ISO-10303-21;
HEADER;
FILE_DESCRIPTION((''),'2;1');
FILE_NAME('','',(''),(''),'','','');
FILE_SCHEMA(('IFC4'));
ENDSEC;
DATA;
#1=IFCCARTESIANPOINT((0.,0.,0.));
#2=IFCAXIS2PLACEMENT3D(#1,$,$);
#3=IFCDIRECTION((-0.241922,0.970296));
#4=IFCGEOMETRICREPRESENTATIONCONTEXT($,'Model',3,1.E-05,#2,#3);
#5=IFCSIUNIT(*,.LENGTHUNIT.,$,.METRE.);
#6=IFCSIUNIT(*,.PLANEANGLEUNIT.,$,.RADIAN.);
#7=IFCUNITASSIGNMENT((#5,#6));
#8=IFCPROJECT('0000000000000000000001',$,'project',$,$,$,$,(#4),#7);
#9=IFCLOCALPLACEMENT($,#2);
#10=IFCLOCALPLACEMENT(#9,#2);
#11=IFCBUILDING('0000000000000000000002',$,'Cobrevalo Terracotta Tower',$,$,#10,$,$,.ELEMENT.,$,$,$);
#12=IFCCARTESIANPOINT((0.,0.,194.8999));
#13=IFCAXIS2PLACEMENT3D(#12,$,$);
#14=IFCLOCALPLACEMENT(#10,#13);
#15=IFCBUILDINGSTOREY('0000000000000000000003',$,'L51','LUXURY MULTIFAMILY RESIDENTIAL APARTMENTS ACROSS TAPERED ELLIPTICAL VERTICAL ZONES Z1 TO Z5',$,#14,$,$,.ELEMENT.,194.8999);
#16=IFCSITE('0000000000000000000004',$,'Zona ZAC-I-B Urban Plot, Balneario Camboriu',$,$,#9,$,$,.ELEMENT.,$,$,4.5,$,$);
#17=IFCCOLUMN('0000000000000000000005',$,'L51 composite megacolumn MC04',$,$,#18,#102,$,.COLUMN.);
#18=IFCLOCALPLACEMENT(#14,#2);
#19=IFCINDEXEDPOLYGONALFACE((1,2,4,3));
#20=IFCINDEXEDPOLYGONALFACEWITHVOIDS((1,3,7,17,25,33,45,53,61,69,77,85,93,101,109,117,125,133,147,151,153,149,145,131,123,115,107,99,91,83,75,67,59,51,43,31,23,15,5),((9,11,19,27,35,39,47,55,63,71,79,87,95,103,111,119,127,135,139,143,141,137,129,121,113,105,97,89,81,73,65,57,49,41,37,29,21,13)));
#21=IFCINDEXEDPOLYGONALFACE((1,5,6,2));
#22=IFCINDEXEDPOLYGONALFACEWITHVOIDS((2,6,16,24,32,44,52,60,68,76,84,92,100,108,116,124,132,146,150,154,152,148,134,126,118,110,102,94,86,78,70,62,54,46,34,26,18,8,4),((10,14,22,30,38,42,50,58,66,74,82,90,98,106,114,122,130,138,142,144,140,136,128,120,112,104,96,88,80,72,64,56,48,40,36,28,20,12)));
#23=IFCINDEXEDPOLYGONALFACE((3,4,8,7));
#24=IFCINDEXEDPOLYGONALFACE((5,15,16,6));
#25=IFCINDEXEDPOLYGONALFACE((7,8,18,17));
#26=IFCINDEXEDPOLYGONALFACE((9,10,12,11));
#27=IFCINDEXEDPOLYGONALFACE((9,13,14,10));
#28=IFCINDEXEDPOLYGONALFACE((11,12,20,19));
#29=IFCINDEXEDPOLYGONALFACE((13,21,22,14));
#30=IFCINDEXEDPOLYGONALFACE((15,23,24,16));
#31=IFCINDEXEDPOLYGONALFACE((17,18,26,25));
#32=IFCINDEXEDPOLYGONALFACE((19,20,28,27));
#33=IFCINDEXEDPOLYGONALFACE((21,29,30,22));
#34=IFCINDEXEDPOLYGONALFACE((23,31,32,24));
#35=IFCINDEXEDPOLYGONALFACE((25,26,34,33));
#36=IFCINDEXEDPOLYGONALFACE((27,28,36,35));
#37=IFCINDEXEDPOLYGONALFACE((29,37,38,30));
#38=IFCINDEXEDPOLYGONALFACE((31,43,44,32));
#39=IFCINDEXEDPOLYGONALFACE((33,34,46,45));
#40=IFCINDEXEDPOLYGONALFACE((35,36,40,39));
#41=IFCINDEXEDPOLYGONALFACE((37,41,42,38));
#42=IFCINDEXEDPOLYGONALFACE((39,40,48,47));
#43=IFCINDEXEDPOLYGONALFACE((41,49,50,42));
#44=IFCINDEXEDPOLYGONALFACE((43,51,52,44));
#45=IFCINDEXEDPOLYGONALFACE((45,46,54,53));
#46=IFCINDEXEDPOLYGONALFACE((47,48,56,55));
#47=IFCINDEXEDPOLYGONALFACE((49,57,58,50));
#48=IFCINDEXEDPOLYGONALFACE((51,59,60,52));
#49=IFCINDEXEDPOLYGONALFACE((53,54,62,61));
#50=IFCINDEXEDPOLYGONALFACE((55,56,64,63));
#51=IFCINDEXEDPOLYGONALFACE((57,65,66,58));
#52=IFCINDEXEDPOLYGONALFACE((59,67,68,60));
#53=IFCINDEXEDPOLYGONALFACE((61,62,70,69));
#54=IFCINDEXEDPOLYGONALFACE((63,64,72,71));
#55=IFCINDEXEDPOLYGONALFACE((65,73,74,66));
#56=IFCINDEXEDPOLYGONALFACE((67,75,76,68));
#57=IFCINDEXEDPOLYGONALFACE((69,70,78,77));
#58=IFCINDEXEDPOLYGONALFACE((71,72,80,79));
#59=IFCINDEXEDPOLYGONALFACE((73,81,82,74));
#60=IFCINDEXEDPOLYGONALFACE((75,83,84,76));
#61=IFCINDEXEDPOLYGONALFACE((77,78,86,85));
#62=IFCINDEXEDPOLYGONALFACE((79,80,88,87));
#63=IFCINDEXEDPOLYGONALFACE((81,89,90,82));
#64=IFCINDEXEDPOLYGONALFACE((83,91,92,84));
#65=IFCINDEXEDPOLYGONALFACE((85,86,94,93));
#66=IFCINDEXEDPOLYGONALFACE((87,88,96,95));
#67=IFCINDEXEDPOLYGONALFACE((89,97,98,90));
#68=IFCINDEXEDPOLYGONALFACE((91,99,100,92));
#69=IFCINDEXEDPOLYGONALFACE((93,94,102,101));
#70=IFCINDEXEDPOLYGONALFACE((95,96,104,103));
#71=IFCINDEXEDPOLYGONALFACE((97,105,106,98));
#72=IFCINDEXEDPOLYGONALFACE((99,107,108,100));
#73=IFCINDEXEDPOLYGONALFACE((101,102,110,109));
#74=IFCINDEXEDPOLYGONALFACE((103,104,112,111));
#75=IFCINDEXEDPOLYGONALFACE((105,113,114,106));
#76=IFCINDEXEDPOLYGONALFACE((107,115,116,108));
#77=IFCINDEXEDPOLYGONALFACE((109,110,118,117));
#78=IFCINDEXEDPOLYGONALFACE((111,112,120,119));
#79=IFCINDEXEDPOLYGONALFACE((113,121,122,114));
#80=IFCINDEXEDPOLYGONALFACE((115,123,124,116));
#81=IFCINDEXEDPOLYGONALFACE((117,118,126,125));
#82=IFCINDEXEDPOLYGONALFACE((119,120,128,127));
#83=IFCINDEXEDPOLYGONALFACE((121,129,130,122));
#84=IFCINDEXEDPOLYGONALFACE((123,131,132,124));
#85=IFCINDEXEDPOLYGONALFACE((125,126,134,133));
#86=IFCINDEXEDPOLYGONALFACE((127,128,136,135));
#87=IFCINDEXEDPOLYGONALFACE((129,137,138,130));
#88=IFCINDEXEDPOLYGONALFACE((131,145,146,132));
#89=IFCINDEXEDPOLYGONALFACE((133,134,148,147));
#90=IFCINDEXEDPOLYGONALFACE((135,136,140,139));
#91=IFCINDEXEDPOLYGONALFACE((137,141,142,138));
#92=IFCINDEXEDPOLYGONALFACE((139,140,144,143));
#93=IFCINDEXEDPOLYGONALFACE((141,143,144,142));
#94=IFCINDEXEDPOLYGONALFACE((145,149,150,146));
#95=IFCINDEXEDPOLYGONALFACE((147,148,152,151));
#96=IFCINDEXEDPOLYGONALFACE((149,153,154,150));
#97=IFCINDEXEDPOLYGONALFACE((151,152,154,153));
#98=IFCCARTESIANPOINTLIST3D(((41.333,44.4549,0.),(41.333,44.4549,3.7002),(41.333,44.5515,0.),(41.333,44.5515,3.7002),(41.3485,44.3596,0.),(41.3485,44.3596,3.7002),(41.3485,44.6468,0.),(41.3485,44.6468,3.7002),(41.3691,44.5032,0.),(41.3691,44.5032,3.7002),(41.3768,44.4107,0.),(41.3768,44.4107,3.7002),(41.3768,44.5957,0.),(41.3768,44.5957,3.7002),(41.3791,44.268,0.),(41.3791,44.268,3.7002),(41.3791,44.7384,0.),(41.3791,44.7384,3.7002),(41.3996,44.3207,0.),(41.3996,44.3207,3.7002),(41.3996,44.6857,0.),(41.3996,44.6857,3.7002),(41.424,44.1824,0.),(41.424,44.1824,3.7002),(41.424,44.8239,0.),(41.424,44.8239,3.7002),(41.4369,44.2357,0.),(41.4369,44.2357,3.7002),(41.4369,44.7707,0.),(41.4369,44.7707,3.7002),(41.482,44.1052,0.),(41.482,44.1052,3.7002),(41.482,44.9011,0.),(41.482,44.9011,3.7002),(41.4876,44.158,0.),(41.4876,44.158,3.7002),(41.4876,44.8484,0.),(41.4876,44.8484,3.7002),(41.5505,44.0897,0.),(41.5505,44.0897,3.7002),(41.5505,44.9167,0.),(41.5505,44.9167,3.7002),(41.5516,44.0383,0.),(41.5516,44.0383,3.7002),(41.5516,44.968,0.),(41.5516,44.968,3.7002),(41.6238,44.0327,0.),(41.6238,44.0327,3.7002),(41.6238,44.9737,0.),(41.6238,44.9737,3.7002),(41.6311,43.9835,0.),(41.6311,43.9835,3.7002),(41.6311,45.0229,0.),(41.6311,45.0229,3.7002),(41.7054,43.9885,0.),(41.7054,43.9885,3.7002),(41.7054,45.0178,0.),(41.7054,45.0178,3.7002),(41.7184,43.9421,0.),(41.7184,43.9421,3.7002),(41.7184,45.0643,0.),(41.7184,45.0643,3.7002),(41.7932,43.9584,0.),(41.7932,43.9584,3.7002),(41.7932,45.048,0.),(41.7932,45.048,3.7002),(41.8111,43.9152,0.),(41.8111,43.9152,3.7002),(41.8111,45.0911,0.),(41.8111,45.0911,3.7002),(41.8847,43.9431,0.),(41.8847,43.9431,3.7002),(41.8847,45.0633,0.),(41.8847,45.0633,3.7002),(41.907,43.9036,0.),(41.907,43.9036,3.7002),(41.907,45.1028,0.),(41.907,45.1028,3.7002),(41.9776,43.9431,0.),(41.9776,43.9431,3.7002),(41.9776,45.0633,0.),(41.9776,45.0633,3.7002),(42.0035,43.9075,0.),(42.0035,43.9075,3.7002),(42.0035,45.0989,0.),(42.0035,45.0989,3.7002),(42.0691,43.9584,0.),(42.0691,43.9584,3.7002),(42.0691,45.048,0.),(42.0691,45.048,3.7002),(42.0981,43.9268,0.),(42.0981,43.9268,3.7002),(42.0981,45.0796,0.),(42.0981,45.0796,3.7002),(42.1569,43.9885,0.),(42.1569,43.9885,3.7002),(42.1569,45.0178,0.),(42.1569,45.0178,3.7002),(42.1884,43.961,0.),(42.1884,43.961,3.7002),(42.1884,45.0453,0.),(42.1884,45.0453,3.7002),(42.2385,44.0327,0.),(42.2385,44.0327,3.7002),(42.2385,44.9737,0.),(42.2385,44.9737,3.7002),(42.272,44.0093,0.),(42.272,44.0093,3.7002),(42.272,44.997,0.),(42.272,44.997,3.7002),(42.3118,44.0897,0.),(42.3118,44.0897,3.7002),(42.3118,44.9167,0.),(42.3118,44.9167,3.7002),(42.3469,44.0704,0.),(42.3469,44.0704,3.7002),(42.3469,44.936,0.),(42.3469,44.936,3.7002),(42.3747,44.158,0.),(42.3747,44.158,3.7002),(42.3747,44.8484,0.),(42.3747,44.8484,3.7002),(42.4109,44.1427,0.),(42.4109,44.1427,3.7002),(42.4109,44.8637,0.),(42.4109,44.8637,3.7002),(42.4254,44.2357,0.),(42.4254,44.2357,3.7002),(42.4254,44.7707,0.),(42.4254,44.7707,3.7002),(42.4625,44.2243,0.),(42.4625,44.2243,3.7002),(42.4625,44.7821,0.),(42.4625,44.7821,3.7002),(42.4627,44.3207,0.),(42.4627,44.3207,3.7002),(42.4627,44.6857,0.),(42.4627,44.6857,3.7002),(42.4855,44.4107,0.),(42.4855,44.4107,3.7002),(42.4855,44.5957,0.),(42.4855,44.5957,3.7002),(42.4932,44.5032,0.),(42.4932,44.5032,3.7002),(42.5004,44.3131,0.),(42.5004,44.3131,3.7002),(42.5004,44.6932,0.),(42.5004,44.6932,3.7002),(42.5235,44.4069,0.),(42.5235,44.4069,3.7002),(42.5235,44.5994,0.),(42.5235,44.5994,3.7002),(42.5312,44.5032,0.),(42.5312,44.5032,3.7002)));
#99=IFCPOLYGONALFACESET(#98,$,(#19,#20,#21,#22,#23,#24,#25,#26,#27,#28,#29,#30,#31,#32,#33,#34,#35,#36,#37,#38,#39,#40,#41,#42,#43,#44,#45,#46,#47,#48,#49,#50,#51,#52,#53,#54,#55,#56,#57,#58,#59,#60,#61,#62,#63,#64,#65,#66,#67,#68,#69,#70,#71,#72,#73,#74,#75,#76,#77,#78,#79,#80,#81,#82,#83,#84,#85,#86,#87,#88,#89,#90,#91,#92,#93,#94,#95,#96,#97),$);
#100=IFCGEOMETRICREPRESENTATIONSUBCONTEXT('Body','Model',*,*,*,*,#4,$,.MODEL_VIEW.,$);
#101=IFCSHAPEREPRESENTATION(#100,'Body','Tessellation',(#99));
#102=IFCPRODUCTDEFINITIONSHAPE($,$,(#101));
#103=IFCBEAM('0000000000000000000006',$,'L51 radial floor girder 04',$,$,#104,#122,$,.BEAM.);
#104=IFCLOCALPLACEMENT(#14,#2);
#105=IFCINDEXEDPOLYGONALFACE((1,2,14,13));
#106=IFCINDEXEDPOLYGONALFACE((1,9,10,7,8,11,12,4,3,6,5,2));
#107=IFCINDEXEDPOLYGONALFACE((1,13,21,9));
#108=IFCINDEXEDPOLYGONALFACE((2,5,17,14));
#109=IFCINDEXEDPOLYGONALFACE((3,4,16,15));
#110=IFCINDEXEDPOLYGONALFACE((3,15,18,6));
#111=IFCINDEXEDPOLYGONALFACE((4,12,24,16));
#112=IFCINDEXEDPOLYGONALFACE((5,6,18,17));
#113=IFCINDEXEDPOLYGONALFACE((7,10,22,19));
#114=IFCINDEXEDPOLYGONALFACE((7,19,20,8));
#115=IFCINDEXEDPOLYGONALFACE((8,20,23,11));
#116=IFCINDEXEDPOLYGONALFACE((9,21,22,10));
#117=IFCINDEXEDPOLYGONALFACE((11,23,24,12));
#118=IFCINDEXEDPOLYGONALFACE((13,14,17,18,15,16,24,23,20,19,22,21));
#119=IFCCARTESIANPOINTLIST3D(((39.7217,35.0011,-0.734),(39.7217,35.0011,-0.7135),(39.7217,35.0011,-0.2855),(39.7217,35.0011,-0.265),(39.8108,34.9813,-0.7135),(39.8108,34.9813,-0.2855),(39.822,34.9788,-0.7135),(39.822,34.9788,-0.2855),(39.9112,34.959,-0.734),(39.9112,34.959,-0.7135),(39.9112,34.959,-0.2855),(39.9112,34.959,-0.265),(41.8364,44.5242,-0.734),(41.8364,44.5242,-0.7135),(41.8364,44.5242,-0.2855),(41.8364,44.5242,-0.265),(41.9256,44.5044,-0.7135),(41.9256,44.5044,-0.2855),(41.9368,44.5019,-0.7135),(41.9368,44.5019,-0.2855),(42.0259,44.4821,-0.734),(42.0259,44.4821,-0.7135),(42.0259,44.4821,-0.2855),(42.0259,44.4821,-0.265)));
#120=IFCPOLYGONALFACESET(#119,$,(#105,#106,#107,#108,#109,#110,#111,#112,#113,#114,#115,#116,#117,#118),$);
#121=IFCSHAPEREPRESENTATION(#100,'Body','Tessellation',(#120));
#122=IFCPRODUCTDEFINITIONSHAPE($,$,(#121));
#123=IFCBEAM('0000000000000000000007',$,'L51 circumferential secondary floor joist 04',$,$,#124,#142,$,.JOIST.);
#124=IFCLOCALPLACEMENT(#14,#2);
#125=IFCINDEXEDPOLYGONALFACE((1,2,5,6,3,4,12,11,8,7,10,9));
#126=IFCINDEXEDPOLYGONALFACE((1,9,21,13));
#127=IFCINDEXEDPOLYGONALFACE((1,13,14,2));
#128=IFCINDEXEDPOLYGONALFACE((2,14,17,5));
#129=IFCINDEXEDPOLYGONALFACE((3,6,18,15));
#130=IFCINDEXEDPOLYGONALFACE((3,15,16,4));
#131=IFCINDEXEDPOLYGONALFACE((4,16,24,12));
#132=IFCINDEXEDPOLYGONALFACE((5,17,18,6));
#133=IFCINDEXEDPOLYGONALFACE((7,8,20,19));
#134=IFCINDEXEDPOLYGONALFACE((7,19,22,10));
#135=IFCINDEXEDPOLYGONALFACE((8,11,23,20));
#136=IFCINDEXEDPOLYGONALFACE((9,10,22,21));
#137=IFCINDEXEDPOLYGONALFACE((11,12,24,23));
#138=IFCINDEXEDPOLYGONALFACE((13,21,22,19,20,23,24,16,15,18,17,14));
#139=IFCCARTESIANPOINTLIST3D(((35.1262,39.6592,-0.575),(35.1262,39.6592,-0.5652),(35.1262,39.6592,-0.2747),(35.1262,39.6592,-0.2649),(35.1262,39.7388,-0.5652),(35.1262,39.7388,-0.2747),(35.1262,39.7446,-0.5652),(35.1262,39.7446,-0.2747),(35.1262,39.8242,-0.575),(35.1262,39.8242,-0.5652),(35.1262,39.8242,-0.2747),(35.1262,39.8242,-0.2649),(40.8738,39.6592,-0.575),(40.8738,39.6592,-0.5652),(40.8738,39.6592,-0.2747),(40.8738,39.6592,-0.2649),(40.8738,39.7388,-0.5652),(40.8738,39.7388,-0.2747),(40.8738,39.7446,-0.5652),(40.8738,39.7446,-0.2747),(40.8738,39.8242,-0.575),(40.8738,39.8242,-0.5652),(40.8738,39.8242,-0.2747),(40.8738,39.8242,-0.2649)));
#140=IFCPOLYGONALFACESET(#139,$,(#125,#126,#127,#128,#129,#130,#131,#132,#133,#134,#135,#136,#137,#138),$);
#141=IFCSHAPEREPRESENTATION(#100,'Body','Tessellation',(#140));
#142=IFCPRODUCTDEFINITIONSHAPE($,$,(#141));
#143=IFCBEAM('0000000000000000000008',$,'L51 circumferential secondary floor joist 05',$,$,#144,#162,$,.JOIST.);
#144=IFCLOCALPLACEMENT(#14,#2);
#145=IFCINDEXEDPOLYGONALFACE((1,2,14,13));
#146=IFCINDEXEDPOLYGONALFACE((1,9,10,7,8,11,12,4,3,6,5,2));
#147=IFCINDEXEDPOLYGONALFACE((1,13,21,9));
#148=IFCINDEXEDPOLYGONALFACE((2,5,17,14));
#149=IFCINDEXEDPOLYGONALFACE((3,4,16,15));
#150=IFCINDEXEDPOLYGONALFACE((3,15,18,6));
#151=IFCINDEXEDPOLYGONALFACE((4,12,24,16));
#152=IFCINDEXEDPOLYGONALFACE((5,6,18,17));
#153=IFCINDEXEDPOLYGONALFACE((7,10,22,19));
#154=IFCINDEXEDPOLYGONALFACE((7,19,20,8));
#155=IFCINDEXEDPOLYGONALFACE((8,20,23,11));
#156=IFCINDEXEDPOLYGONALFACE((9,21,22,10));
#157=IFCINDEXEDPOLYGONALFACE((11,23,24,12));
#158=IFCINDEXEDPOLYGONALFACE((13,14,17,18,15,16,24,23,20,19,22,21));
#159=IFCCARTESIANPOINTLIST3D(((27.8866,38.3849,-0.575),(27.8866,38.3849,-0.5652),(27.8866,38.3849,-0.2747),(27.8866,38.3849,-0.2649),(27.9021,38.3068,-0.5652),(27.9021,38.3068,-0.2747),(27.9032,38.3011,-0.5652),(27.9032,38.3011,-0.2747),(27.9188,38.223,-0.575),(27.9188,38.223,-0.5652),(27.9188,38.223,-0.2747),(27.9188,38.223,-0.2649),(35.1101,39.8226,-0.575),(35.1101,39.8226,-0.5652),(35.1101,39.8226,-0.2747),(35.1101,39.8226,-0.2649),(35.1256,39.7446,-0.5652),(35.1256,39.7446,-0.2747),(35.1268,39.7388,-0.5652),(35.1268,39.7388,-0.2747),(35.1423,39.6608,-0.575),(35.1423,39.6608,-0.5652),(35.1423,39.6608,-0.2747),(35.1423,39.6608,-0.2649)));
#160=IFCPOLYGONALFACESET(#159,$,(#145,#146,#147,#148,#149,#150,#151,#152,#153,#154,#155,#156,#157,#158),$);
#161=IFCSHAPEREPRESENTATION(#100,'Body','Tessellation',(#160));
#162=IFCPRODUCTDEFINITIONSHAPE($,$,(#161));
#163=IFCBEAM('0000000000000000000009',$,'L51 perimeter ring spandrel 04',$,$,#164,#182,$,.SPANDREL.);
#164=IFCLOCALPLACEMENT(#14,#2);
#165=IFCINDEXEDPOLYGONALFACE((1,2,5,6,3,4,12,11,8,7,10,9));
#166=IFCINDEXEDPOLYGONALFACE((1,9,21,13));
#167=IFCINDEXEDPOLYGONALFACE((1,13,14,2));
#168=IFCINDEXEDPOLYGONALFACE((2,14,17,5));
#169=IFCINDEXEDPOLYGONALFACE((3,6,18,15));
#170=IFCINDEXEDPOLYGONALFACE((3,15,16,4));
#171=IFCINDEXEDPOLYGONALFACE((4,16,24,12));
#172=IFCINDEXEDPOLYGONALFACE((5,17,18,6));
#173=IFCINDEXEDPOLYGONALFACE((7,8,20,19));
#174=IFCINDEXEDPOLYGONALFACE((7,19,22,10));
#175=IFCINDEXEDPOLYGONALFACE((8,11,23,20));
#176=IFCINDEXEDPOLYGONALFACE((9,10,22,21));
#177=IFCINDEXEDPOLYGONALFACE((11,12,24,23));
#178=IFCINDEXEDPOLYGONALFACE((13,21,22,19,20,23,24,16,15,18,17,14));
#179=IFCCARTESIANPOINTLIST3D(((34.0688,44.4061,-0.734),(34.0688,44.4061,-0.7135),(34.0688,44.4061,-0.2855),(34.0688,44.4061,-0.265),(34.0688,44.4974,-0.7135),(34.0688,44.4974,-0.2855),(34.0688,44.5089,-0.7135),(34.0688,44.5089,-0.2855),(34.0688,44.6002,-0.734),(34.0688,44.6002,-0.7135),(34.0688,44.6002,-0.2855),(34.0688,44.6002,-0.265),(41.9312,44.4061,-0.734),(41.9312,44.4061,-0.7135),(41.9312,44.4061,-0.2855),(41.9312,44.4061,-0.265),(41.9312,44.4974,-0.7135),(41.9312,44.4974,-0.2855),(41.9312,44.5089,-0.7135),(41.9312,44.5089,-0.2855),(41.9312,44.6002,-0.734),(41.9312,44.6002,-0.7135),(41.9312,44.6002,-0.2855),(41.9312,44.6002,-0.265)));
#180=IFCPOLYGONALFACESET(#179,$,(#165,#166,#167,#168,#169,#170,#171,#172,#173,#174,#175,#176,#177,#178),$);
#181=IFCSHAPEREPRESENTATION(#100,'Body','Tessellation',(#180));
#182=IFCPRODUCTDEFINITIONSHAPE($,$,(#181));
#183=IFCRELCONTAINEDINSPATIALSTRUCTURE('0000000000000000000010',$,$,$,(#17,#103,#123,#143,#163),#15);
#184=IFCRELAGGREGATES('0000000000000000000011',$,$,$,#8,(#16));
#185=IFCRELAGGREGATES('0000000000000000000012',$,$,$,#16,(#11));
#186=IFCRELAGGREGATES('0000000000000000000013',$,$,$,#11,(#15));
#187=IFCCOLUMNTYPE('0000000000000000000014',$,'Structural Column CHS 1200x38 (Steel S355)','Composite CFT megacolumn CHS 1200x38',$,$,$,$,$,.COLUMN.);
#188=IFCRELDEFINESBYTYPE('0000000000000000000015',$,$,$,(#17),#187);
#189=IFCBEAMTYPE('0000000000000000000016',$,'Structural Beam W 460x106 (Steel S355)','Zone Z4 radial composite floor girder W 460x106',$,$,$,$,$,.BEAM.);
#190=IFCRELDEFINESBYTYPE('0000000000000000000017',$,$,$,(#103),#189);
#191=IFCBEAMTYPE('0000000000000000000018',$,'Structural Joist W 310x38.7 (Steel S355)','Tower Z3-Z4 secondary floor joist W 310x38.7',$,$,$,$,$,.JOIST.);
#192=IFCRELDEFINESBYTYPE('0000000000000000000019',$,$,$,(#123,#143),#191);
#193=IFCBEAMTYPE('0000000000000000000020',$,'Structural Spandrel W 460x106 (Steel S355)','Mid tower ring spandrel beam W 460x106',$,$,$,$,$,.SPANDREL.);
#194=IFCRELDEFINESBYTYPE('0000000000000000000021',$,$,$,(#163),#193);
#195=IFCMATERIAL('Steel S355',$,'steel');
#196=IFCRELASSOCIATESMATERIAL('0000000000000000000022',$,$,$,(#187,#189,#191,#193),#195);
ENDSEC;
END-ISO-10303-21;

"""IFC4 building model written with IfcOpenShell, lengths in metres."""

from ifc_helpers import new_model, si_unit, direction, frame, origin, origin_2d, place, context, subcontext, project, spatial, hollow_circle, i_section, extrude, material, material_profile, profile_set, type_object, element, save


model = new_model("IFC4")

# Units and contexts
model_context = context("Model", 3, precision=1e-05, world=origin(), true_north=direction((-0.241922, 0.970296)))
body_context = subcontext(model_context, "Body", "Model", "MODEL_VIEW")
ifc_project = project(units=[si_unit("LENGTHUNIT", "METRE"), si_unit("PLANEANGLEUNIT", "RADIAN")], contexts=[model_context])

# Site, building, storey
site_placement = place(None, origin())
site = spatial("IfcSite", under=ifc_project, at=site_placement, Name="Zona ZAC-I-B Urban Plot, Balneario Camboriu", CompositionType="ELEMENT", RefElevation=4.5)
building_placement = place(site_placement, origin())
building = spatial("IfcBuilding", under=site, at=building_placement, Name="Cobrevalo Terracotta Tower", CompositionType="ELEMENT")
storey_placement = place(building_placement, frame((0.0, 0.0, 194.8999)))
storey = spatial("IfcBuildingStorey", under=building, at=storey_placement, Name="L51", Description="LUXURY MULTIFAMILY RESIDENTIAL APARTMENTS ACROSS TAPERED ELLIPTICAL VERTICAL ZONES Z1 TO Z5", CompositionType="ELEMENT", Elevation=194.8999)

# Column
ifc_material_1 = material(Name="Steel S355", Category="steel")
ifc_material_profile_1 = material_profile(ifc_material_1, hollow_circle(Radius=0.6001, WallThickness=0.0381, at=origin_2d()), Name="CHS 1200x38")
ifc_profile_set_1 = profile_set([ifc_material_profile_1], Name="Steel S355")
column_type = type_object("IfcColumnType", Name="Structural Column CHS 1200x38 (Steel S355)", Description="Composite CFT megacolumn CHS 1200x38", PredefinedType="COLUMN", material=ifc_profile_set_1)
column_placement = place(storey_placement, frame((41.9312, 44.5032, 0.0), z_axis=(0.0, 0.0, 1.0), x_axis=(1.0, 0.0, 0.0)))
element("IfcColumn", 1, at=column_placement, inside=storey, type_object=column_type, Name="L51 composite megacolumn MC04", PredefinedType="COLUMN", context=body_context, shape_type="SweptSolid", body=[
    extrude(hollow_circle(Radius=0.6001, WallThickness=0.0381, at=origin_2d()), origin(), (0.0, 0.0, 1.0), 3.7002),
])

# Beams
ifc_material_profile_2 = material_profile(ifc_material_1, i_section(OverallWidth=0.1941, OverallDepth=0.469, WebThickness=0.0115, FlangeThickness=0.0205, at=origin_2d()), Name="W 460x106")
ifc_profile_set_2 = profile_set([ifc_material_profile_2], Name="Steel S355")
beam_type_1 = type_object("IfcBeamType", Name="Structural Beam W 460x106 (Steel S355)", Description="Zone Z4 radial composite floor girder W 460x106", PredefinedType="BEAM", material=ifc_profile_set_2)
beam_1_placement = place(storey_placement, frame((41.9312, 44.5032, -0.4995), z_axis=(-0.216782, -0.97622, 0.0), x_axis=(0.97622, -0.216782, 0.0)))
element("IfcBeam", 2, at=beam_1_placement, inside=storey, type_object=beam_type_1, Name="L51 radial floor girder 04", PredefinedType="BEAM", context=body_context, shape_type="SweptSolid", body=[
    extrude(i_section(OverallWidth=0.1941, OverallDepth=0.469, WebThickness=0.0115, FlangeThickness=0.0205, at=origin_2d()), origin(), (0.0, 0.0, 1.0), 9.7551),
])
ifc_material_profile_3 = material_profile(ifc_material_1, i_section(OverallWidth=0.165, OverallDepth=0.3101, WebThickness=0.0059, FlangeThickness=0.0098, at=origin_2d()), Name="W 310x38.7")
ifc_profile_set_3 = profile_set([ifc_material_profile_3], Name="Steel S355")
beam_type_2 = type_object("IfcBeamType", Name="Structural Joist W 310x38.7 (Steel S355)", Description="Tower Z3-Z4 secondary floor joist W 310x38.7", PredefinedType="JOIST", material=ifc_profile_set_3)
beam_2_placement = place(storey_placement, frame((40.8738, 39.7417, -0.4199), z_axis=(-1.0, 0.0, 0.0), x_axis=(0.0, -1.0, 0.0)))
element("IfcBeam", 3, at=beam_2_placement, inside=storey, type_object=beam_type_2, Name="L51 circumferential secondary floor joist 04", PredefinedType="JOIST", context=body_context, shape_type="SweptSolid", body=[
    extrude(i_section(OverallWidth=0.165, OverallDepth=0.3101, WebThickness=0.0059, FlangeThickness=0.0098, at=origin_2d()), origin(), (0.0, 0.0, 1.0), 5.7476),
])
beam_3_placement = place(storey_placement, frame((35.1262, 39.7417, -0.4199), z_axis=(-0.980763, -0.195204, 0.0), x_axis=(0.195204, -0.980763, 0.0)))
element("IfcBeam", 4, at=beam_3_placement, inside=storey, type_object=beam_type_2, Name="L51 circumferential secondary floor joist 05", PredefinedType="JOIST", context=body_context, shape_type="SweptSolid", body=[
    extrude(i_section(OverallWidth=0.165, OverallDepth=0.3101, WebThickness=0.0059, FlangeThickness=0.0098, at=origin_2d()), origin(), (0.0, 0.0, 1.0), 7.3652),
])
ifc_material_profile_4 = material_profile(ifc_material_1, i_section(OverallWidth=0.1941, OverallDepth=0.469, WebThickness=0.0115, FlangeThickness=0.0205, at=origin_2d()), Name="W 460x106")
ifc_profile_set_4 = profile_set([ifc_material_profile_4], Name="Steel S355")
beam_type_3 = type_object("IfcBeamType", Name="Structural Spandrel W 460x106 (Steel S355)", Description="Mid tower ring spandrel beam W 460x106", PredefinedType="SPANDREL", material=ifc_profile_set_4)
beam_4_placement = place(storey_placement, frame((41.9312, 44.5032, -0.4995), z_axis=(-1.0, 0.0, 0.0), x_axis=(0.0, -1.0, 0.0)))
element("IfcBeam", 5, at=beam_4_placement, inside=storey, type_object=beam_type_3, Name="L51 perimeter ring spandrel 04", PredefinedType="SPANDREL", context=body_context, shape_type="SweptSolid", body=[
    extrude(i_section(OverallWidth=0.1941, OverallDepth=0.469, WebThickness=0.0115, FlangeThickness=0.0205, at=origin_2d()), origin(), (0.0, 0.0, 1.0), 7.8623),
])

save(model, "model.ifc")
